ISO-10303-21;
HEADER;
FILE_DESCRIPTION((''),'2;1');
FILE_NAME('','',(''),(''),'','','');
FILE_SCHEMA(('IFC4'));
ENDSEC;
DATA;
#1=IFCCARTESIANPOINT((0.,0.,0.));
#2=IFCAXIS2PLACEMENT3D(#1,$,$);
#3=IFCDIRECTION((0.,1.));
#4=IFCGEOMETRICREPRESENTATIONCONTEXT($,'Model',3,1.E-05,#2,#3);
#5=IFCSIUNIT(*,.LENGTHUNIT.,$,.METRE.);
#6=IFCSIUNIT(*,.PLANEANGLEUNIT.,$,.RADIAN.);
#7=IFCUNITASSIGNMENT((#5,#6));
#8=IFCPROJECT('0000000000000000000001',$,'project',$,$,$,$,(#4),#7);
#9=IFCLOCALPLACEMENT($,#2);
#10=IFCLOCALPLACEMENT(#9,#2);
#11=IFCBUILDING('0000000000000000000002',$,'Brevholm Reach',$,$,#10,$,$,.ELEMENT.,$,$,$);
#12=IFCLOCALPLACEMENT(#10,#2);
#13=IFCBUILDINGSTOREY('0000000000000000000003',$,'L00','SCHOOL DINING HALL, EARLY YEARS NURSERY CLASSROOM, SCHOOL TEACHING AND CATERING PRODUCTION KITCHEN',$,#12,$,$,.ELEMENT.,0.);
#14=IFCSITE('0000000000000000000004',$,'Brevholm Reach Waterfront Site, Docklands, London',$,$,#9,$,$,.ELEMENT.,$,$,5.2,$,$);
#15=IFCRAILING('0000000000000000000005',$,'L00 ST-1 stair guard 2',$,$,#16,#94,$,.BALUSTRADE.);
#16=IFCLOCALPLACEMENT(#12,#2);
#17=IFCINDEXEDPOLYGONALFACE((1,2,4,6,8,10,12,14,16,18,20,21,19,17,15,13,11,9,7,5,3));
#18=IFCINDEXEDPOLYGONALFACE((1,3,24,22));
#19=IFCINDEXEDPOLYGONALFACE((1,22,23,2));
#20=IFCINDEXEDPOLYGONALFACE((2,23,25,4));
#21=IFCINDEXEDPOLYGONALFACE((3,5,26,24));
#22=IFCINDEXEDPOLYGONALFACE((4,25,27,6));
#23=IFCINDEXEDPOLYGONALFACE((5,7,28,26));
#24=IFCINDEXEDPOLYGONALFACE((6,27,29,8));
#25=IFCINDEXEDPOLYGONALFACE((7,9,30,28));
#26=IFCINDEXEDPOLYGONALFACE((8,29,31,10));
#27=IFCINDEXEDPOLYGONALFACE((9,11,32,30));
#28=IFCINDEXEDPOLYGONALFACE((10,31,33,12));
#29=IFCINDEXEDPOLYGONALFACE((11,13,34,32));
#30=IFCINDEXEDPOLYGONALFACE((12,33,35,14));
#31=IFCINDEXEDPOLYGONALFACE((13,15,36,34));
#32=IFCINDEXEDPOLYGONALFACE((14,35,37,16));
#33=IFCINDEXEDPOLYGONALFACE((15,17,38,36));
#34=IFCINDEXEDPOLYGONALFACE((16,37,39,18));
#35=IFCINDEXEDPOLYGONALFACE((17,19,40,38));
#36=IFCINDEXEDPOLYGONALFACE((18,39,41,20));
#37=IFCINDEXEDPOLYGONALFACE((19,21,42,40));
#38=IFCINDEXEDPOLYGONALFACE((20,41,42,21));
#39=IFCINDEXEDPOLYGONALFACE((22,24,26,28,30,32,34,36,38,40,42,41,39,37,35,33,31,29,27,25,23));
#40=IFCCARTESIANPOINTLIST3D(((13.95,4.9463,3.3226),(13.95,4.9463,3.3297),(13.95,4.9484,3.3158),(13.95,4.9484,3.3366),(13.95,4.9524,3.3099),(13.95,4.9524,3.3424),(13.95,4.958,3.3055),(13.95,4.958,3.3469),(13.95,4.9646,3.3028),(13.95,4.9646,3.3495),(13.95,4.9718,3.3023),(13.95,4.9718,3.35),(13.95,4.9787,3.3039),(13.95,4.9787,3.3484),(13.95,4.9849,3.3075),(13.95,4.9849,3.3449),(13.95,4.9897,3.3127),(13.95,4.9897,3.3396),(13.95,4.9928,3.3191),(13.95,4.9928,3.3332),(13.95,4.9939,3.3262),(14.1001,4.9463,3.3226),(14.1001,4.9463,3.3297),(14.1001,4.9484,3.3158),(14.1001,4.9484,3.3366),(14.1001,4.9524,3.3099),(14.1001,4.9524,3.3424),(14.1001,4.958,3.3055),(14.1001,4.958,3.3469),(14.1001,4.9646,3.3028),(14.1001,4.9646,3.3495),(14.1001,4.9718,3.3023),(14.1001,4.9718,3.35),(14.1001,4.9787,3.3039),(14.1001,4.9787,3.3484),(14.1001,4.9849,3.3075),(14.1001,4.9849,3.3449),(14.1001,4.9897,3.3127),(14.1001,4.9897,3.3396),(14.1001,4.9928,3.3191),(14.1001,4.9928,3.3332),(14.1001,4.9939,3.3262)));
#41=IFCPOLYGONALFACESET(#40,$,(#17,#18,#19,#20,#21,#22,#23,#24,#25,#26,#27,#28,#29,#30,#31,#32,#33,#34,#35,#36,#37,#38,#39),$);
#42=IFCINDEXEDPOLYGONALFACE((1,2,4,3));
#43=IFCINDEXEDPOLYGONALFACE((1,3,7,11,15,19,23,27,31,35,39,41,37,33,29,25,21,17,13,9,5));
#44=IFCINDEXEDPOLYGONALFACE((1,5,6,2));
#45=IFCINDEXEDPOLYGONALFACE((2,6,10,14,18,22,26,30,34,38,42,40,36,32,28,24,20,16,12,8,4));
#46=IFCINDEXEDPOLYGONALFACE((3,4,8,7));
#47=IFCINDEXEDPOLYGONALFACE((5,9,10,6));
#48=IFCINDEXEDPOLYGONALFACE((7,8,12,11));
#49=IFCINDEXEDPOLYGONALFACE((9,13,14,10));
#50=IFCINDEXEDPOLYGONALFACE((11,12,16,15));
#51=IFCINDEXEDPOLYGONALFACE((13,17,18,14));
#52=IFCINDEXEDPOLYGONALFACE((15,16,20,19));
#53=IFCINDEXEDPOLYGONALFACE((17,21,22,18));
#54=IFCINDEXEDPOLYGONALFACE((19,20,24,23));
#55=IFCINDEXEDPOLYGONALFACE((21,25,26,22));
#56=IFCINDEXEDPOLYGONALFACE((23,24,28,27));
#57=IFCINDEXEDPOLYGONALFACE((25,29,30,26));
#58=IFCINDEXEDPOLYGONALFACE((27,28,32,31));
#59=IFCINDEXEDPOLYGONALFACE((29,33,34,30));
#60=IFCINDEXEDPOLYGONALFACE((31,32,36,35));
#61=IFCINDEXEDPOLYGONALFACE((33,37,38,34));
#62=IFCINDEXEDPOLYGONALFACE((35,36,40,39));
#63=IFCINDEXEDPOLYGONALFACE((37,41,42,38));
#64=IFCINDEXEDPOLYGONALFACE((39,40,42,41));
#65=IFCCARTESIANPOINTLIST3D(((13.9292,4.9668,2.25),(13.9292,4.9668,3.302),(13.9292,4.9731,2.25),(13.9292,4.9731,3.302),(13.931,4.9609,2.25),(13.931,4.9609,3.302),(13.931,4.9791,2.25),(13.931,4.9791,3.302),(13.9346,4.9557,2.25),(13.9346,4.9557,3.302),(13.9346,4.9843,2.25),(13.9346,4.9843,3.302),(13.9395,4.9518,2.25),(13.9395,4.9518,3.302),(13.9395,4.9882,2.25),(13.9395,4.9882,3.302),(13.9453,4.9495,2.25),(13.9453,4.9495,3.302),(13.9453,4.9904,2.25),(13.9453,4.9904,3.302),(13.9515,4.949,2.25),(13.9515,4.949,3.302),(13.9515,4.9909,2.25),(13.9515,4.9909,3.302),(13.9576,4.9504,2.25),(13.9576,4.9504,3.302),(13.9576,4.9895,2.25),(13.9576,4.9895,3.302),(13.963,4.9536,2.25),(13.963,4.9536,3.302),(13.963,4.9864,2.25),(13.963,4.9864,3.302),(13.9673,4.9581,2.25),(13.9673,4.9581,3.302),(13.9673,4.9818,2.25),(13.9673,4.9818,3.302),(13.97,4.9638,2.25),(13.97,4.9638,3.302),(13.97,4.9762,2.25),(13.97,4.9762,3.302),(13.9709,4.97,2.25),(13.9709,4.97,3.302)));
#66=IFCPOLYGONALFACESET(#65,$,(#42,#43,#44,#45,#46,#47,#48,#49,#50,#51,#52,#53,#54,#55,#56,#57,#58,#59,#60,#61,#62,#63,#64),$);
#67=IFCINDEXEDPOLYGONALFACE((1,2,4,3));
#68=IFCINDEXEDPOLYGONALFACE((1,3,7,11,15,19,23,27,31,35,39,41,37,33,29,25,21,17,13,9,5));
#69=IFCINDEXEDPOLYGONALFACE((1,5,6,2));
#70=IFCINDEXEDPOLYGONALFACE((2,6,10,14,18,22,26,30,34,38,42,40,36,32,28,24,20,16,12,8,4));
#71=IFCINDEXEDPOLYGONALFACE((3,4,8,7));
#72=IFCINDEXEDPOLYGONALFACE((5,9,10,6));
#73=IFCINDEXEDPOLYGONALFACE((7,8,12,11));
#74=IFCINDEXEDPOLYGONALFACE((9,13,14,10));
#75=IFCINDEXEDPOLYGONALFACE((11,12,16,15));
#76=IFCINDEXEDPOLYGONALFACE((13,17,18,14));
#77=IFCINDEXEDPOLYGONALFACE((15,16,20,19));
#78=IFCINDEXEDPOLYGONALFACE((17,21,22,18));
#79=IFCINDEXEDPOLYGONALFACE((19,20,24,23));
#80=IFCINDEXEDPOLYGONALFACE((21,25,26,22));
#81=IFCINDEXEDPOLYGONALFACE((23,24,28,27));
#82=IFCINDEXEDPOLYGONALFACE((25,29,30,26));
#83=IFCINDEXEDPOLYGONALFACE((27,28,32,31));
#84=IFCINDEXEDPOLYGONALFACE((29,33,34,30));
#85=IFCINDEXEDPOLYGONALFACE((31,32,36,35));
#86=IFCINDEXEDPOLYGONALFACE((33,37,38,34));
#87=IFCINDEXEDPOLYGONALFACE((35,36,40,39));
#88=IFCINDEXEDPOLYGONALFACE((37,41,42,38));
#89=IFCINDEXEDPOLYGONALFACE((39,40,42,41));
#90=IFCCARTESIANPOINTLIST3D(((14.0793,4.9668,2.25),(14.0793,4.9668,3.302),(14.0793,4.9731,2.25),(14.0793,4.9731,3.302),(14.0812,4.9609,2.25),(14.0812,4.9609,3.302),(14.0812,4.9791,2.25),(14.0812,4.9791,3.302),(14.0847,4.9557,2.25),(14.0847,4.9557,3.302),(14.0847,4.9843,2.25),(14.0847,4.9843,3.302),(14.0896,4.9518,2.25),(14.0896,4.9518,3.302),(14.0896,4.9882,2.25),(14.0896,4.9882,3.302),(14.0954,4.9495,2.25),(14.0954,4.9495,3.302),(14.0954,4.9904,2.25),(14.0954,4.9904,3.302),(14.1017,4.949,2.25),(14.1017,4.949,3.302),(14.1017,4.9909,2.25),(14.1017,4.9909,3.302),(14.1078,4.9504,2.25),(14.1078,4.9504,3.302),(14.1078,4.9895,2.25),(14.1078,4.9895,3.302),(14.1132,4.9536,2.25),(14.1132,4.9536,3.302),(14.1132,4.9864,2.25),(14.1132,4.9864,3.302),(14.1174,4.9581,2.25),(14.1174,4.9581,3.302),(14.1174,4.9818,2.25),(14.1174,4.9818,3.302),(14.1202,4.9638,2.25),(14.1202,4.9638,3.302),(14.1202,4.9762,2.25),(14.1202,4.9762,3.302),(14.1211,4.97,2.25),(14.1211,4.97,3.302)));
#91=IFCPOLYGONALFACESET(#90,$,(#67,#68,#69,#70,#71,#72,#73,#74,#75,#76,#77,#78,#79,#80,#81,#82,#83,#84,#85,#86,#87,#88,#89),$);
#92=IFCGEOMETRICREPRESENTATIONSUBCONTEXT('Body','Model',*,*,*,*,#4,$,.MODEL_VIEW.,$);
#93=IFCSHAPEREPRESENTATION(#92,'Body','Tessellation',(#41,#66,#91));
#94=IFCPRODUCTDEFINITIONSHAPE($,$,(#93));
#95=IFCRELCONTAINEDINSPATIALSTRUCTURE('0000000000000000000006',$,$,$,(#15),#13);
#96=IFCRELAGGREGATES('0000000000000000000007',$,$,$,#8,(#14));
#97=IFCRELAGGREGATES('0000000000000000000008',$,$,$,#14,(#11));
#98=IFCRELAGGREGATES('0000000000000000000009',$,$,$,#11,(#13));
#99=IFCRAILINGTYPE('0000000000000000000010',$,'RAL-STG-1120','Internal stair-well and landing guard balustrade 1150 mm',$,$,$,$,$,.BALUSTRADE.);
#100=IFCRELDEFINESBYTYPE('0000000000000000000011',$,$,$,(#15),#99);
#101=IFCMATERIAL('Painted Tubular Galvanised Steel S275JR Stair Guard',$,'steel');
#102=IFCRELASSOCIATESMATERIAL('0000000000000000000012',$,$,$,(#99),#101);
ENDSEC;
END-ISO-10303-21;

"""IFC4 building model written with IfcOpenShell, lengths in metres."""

from ifc_helpers import new_model, si_unit, direction, frame, origin, origin_2d, place, context, subcontext, project, spatial, circle, extrude, material, type_object, element, save


model = new_model("IFC4")

# Units and contexts
model_context = context("Model", 3, precision=1e-05, world=origin(), true_north=direction((0.0, 1.0)))
body_context = subcontext(model_context, "Body", "Model", "MODEL_VIEW")
ifc_project = project(units=[si_unit("LENGTHUNIT", "METRE"), si_unit("PLANEANGLEUNIT", "RADIAN")], contexts=[model_context])

# Site, building, storey
site_placement = place(None, origin())
site = spatial("IfcSite", under=ifc_project, at=site_placement, Name="Brevholm Reach Waterfront Site, Docklands, London", CompositionType="ELEMENT", RefElevation=5.2)
building_placement = place(site_placement, origin())
building = spatial("IfcBuilding", under=site, at=building_placement, Name="Brevholm Reach", CompositionType="ELEMENT")
storey_placement = place(building_placement, origin())
storey = spatial("IfcBuildingStorey", under=building, at=storey_placement, Name="L00", Description="SCHOOL DINING HALL, EARLY YEARS NURSERY CLASSROOM, SCHOOL TEACHING AND CATERING PRODUCTION KITCHEN", CompositionType="ELEMENT", Elevation=0.0)

# Railing
ifc_material_1 = material(Name="Painted Tubular Galvanised Steel S275JR Stair Guard", Category="steel")
railing_type_1 = type_object("IfcRailingType", Name="RAL-STG-1120", Description="Internal stair-well and landing guard balustrade 1150 mm", PredefinedType="BALUSTRADE", material=ifc_material_1)
railing_1_placement = place(storey_placement, frame((13.95, 4.97, 2.25)))
element("IfcRailing", 1, at=railing_1_placement, inside=storey, type_object=railing_type_1, Name="L00 ST-1 stair guard 2", PredefinedType="BALUSTRADE", context=body_context, shape_type="SweptSolid", body=[
    extrude(circle(Radius=0.0239, at=origin_2d()), frame((0.0, 0.0, 1.0762), z_axis=(1.0, 0.0, 0.0), x_axis=(0.0, 1.0, 0.0)), (0.0, 0.0, 1.0), 0.1501),
    extrude(circle(Radius=0.021, at=origin_2d()), origin(), (0.0, 0.0, 1.0), 1.052),
    extrude(circle(Radius=0.021, at=origin_2d()), frame((0.1501, 0.0, 0.0)), (0.0, 0.0, 1.0), 1.052),
])

save(model, "model.ifc")
